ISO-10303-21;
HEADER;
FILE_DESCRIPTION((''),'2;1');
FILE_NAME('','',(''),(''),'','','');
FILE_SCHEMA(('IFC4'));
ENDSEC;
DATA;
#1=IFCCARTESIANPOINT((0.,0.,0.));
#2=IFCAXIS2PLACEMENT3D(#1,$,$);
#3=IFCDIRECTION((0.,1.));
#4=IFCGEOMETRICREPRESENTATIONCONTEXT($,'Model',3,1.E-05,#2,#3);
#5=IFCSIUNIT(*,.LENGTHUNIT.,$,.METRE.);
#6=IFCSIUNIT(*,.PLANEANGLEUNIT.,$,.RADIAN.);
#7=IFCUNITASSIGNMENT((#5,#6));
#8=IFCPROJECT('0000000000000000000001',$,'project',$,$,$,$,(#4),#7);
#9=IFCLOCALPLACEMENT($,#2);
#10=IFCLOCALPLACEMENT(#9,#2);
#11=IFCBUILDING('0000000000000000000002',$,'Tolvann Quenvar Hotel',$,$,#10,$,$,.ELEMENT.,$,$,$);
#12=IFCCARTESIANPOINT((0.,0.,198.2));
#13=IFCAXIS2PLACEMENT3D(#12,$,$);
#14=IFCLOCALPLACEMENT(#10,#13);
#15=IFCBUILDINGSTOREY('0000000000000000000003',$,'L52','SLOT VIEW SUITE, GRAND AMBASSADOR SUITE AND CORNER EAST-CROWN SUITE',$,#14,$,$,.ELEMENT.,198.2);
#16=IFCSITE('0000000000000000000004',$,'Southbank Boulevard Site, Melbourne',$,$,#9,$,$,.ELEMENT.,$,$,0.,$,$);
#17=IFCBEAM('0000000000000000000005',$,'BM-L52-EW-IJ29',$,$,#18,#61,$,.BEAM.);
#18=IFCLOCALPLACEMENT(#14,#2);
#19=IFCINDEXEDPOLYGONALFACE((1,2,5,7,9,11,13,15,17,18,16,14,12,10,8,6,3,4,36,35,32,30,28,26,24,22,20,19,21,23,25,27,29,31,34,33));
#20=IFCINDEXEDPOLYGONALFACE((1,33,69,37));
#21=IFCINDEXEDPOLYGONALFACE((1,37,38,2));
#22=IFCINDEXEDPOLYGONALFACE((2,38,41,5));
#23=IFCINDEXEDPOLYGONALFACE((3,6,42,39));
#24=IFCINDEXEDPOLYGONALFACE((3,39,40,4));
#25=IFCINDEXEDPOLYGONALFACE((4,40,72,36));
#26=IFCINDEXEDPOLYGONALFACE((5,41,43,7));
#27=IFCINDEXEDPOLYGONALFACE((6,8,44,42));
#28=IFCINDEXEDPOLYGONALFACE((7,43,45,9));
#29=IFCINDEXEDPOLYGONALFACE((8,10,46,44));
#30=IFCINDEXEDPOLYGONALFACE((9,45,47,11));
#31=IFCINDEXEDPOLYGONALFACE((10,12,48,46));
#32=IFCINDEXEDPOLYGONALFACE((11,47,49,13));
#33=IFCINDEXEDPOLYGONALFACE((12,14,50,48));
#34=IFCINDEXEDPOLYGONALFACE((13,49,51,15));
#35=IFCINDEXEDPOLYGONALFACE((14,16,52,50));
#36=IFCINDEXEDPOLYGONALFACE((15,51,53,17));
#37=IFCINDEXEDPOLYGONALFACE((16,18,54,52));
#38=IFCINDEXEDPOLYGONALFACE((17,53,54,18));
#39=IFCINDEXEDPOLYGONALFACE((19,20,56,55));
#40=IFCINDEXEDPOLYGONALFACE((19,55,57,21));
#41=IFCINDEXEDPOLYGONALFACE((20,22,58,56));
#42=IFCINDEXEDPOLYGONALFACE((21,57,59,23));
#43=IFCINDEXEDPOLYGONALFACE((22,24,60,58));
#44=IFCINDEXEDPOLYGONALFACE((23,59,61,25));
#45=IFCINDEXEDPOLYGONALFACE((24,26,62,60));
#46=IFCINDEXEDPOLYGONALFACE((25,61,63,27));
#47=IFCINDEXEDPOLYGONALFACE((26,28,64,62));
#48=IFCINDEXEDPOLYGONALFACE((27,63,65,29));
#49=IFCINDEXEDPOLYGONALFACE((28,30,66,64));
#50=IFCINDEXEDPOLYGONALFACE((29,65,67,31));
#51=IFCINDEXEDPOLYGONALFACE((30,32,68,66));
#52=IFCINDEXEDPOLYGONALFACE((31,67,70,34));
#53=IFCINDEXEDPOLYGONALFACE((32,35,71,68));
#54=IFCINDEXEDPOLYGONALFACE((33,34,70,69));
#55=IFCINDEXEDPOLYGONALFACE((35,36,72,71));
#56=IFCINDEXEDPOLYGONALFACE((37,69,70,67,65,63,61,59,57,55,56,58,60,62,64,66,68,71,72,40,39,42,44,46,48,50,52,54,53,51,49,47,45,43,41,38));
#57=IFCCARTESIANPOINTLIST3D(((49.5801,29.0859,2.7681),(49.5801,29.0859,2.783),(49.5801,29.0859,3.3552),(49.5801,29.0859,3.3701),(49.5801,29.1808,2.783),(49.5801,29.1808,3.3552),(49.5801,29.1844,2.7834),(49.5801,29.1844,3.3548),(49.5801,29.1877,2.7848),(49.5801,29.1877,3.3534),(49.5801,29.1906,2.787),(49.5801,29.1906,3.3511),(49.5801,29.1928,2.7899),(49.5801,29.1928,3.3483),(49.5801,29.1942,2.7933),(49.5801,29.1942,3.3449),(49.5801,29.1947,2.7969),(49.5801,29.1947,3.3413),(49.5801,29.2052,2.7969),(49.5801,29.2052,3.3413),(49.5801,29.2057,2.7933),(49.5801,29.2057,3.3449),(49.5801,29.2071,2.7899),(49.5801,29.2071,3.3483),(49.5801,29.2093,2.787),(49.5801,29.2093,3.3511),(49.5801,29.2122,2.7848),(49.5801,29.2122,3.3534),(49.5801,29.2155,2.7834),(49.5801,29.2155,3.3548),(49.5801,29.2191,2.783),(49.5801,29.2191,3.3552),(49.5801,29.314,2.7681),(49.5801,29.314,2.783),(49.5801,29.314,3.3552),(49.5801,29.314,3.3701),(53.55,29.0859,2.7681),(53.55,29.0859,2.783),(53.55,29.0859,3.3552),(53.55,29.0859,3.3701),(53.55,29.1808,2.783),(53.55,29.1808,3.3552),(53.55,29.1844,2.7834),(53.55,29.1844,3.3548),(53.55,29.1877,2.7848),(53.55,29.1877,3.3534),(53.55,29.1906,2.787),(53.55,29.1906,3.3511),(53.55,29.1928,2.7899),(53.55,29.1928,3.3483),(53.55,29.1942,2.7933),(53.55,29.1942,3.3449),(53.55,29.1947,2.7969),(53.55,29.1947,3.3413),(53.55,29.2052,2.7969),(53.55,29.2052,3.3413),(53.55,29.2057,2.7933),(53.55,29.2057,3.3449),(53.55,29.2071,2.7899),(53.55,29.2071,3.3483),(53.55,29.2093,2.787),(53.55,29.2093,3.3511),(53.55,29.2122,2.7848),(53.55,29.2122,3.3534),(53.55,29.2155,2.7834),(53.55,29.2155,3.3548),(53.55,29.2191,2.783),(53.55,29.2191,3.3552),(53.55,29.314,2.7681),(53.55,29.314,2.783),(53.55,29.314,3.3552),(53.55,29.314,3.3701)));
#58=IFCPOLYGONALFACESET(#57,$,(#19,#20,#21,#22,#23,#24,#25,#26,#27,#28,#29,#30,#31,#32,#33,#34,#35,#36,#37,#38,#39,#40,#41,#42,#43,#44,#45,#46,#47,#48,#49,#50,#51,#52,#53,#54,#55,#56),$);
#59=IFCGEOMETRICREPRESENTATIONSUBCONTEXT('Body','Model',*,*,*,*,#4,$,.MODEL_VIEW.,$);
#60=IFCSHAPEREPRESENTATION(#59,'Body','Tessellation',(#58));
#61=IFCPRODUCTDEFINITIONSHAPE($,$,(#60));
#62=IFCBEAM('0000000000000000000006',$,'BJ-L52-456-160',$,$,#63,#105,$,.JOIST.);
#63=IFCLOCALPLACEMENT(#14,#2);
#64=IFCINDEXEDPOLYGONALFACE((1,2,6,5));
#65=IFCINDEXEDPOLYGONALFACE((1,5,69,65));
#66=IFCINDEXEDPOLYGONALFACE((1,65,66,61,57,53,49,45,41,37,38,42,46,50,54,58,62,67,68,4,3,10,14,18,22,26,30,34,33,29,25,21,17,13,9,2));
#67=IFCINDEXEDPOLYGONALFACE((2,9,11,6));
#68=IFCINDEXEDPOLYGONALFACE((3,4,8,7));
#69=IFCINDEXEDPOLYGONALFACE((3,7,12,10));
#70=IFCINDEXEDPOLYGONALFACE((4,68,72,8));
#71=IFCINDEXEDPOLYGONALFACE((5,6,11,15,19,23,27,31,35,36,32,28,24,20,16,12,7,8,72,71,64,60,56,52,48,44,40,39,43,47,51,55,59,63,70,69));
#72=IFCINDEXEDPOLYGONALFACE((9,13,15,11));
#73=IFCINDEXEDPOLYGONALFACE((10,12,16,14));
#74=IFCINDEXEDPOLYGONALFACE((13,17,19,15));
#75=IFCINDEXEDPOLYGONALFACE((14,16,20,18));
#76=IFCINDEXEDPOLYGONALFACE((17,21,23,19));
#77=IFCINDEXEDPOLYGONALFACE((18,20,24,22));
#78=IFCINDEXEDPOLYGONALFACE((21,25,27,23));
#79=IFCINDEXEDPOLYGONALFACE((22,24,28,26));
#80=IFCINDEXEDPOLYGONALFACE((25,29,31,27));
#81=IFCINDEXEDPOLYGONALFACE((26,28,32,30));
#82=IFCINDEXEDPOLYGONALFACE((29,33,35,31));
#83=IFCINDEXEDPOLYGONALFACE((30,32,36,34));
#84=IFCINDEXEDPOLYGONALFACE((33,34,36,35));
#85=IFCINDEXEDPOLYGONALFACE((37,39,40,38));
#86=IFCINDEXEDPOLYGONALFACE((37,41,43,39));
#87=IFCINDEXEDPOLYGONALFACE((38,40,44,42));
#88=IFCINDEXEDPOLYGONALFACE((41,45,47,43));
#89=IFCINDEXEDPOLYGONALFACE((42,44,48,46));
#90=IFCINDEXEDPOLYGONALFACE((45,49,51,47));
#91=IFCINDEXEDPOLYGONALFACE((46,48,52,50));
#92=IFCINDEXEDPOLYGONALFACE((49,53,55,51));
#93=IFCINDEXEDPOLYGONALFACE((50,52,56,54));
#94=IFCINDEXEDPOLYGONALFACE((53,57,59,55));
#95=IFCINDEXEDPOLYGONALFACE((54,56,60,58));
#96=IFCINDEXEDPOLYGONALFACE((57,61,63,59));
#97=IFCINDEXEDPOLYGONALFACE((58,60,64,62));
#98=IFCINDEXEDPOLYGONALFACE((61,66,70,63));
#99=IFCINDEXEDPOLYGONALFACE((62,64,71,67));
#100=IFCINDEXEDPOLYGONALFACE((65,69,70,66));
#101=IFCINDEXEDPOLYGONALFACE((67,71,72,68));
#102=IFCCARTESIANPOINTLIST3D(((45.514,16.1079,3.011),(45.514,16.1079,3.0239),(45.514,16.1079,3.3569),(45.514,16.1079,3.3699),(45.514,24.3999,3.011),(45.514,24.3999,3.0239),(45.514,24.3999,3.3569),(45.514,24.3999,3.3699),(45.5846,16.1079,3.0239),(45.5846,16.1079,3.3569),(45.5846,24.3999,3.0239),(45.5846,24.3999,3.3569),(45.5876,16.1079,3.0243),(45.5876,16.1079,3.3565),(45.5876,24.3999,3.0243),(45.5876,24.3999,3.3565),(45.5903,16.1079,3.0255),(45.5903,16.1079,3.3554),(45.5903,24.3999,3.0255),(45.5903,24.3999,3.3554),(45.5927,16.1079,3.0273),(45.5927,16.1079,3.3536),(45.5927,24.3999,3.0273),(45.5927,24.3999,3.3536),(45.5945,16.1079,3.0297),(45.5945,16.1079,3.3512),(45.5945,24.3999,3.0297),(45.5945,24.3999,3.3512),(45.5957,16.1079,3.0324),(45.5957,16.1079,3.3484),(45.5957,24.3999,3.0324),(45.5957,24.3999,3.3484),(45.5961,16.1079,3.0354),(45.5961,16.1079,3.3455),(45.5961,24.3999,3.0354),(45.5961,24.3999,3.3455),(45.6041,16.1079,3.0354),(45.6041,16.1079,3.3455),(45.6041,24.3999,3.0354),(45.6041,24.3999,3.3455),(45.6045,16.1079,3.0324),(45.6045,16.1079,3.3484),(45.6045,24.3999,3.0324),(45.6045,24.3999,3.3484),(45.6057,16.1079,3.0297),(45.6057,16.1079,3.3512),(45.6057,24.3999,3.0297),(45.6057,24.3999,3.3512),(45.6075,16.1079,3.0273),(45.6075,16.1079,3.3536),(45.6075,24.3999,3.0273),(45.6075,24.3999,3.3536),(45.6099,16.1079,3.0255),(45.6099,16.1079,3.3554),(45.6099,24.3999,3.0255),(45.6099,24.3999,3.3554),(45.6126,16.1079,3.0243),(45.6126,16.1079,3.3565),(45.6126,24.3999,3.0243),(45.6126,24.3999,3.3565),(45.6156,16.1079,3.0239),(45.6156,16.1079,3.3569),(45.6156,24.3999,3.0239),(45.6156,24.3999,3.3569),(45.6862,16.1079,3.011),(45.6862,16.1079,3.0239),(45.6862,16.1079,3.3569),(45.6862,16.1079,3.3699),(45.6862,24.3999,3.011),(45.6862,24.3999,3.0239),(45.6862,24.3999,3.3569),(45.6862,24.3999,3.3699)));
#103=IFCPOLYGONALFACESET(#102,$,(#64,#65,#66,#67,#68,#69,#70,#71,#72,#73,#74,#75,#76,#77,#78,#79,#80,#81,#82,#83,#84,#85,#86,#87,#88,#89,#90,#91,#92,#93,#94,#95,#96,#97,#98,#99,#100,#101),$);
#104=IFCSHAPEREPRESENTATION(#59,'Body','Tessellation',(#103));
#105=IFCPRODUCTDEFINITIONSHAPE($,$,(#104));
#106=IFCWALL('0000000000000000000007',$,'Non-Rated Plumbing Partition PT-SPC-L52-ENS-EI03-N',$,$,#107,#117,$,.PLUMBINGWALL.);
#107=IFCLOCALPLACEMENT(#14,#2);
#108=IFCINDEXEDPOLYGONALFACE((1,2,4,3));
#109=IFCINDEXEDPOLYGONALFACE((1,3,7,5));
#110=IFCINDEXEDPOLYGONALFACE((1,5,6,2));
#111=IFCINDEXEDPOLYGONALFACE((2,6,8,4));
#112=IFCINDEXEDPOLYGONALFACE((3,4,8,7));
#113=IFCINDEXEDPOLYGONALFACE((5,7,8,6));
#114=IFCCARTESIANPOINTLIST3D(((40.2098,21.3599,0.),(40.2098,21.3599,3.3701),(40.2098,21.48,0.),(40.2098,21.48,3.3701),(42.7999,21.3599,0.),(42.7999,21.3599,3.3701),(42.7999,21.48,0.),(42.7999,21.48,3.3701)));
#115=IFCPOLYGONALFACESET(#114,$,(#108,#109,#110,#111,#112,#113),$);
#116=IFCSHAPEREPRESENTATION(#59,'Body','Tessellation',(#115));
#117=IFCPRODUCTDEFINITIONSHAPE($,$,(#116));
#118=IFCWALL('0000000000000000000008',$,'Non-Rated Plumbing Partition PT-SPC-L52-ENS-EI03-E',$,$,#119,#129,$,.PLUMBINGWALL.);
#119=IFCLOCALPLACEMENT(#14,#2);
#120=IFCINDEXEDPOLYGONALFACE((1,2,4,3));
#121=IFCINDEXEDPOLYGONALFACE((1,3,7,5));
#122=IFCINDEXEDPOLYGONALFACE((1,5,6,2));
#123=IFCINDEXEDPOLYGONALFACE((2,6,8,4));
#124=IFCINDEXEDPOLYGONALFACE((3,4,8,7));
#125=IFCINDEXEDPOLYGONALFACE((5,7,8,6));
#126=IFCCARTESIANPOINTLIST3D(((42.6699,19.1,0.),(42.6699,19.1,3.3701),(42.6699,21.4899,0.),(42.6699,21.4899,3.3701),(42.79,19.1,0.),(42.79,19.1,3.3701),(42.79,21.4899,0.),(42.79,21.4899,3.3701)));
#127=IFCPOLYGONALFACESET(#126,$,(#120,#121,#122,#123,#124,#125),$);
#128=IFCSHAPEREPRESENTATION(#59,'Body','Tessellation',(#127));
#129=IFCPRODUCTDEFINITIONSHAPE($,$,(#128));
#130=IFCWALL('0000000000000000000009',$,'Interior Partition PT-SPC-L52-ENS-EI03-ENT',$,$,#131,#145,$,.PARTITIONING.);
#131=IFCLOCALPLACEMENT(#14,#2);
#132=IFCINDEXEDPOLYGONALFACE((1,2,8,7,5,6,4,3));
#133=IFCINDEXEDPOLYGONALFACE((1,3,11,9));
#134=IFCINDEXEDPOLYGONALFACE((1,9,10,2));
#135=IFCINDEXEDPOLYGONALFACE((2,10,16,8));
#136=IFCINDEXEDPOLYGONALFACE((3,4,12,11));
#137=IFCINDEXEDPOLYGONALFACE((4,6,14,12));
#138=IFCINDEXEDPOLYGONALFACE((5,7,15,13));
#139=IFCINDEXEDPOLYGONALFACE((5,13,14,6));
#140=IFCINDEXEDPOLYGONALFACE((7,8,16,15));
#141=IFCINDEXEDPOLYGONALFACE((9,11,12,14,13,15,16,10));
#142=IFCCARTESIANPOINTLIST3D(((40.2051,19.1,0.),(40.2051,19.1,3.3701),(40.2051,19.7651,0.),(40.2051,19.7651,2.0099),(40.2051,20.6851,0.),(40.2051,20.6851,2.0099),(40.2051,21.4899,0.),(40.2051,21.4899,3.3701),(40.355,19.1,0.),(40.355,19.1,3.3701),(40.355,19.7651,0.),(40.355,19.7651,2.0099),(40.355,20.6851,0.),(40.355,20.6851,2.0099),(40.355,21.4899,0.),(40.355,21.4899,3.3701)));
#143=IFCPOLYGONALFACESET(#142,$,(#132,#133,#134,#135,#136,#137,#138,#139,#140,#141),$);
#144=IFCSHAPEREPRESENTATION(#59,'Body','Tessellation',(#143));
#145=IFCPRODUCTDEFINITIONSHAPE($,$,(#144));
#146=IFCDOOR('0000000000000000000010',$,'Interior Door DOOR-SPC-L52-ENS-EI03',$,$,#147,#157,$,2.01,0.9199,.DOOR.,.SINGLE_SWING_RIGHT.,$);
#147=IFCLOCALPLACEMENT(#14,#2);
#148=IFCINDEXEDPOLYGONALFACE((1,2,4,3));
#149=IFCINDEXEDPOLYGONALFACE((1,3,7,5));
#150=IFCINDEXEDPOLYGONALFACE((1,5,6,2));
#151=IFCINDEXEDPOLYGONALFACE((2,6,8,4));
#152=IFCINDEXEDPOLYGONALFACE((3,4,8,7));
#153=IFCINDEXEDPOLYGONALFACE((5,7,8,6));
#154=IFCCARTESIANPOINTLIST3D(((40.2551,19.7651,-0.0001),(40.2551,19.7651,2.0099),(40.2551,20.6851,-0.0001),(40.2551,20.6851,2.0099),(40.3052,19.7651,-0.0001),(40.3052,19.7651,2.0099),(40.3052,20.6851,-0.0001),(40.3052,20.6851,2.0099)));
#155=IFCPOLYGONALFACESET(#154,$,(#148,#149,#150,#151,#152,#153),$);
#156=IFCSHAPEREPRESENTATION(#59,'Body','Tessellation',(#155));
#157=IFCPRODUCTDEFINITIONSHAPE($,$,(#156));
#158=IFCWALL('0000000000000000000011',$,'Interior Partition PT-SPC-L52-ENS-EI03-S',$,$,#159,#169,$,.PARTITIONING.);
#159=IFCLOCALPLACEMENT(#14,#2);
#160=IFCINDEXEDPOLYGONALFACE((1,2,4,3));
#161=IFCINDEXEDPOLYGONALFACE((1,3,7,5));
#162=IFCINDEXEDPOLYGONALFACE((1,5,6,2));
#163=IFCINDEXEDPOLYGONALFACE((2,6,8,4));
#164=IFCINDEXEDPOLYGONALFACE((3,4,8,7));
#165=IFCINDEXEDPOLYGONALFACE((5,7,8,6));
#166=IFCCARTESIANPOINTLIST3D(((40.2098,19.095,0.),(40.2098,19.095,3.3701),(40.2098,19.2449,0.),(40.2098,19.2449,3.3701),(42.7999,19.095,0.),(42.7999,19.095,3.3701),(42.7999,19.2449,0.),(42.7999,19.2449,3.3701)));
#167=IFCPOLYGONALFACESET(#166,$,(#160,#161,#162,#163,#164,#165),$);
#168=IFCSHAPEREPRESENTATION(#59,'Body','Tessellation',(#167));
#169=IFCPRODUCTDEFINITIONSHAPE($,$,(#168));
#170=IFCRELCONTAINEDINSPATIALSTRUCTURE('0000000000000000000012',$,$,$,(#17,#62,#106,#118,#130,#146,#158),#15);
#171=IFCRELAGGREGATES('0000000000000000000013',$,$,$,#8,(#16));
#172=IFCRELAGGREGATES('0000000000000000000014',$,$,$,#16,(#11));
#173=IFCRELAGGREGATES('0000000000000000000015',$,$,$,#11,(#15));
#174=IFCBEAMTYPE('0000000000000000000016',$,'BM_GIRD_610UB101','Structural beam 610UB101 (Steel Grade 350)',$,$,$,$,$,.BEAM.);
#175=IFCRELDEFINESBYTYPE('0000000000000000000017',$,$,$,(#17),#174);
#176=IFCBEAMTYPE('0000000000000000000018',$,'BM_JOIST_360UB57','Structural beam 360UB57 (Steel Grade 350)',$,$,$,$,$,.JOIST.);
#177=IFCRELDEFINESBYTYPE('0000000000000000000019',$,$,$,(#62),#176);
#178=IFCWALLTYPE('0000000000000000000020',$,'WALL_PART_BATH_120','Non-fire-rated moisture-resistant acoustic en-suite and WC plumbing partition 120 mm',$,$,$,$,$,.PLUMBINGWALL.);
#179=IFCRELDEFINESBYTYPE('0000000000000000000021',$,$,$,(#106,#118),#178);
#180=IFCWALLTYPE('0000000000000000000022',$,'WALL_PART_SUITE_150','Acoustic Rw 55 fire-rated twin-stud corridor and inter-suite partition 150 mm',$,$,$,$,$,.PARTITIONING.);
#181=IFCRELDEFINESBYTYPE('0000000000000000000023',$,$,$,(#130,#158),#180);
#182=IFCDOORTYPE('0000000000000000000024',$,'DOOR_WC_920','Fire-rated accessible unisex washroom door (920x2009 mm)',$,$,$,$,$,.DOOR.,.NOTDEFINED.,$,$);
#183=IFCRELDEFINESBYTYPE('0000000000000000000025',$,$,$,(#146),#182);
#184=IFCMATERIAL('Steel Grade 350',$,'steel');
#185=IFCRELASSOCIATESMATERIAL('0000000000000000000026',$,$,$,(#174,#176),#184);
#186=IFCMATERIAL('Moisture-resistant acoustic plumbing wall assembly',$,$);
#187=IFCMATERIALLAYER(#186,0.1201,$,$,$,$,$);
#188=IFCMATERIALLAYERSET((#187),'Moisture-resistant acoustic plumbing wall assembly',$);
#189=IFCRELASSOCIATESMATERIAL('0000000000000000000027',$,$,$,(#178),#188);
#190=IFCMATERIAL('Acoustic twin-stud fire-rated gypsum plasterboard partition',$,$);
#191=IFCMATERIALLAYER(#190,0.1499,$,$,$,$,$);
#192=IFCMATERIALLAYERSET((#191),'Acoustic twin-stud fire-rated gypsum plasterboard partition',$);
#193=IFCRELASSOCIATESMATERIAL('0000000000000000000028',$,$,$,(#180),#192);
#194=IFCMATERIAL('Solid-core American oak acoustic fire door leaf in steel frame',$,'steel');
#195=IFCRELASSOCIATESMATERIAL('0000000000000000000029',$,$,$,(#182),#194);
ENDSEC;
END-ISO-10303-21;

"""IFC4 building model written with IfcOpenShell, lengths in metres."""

from ifc_helpers import new_model, si_unit, direction, frame, frame_2d, origin, origin_2d, place, context, subcontext, project, spatial, rectangle, i_section, extrude, source, transform, mapped, material, layer, layer_set, material_profile, profile_set, type_object, type_shapes, element, fill, save


model = new_model("IFC4")

# Units and contexts
model_context = context("Model", 3, precision=1e-05, world=origin(), true_north=direction((0.0, 1.0)))
body_context = subcontext(model_context, "Body", "Model", "MODEL_VIEW")
ifc_project = project(units=[si_unit("LENGTHUNIT", "METRE"), si_unit("PLANEANGLEUNIT", "RADIAN")], contexts=[model_context])

# Site, building, storey
site_placement = place(None, origin())
site = spatial("IfcSite", under=ifc_project, at=site_placement, Name="Southbank Boulevard Site, Melbourne", CompositionType="ELEMENT", RefElevation=0.0)
building_placement = place(site_placement, origin())
building = spatial("IfcBuilding", under=site, at=building_placement, Name="Tolvann Quenvar Hotel", CompositionType="ELEMENT")
storey_placement = place(building_placement, frame((0.0, 0.0, 198.2)))
storey = spatial("IfcBuildingStorey", under=building, at=storey_placement, Name="L52", Description="SLOT VIEW SUITE, GRAND AMBASSADOR SUITE AND CORNER EAST-CROWN SUITE", CompositionType="ELEMENT", Elevation=198.2)

# Shared definitions
ifc_material_1 = material(Name="Steel Grade 350", Category="steel")

# Beams
ifc_material_profile_1 = material_profile(ifc_material_1, i_section(OverallWidth=0.228, OverallDepth=0.6021, WebThickness=0.0105, FlangeThickness=0.0149, FilletRadius=0.0139, at=origin_2d()), Name="610UB101")
ifc_profile_set_1 = profile_set([ifc_material_profile_1], Name="Steel Grade 350")
beam_type_1 = type_object("IfcBeamType", Name="BM_GIRD_610UB101", Description="Structural beam 610UB101 (Steel Grade 350)", PredefinedType="BEAM", material=ifc_profile_set_1)
shared_shape_1 = source(origin(), body_context, "Body", "SweptSolid", [
    extrude(i_section(OverallWidth=0.228, OverallDepth=0.6021, WebThickness=0.0105, FlangeThickness=0.0149, FilletRadius=0.0139, at=origin_2d()), origin(), (0.0, 0.0, 1.0), 3.97),
])
beam_1_placement = place(storey_placement, frame((49.5801, 29.2, 3.0691), z_axis=(1.0, 0.0, 0.0), x_axis=(0.0, 1.0, 0.0)))
element("IfcBeam", 1, at=beam_1_placement, inside=storey, type_object=beam_type_1, Name="BM-L52-EW-IJ29", PredefinedType="BEAM", context=body_context, shape_type="MappedRepresentation", body=[
    mapped(shared_shape_1, transform((0.0, 0.0, 0.0), x_axis=(1.0, 0.0, 0.0), y_axis=(0.0, 1.0, 0.0), z_axis=(0.0, 0.0, 1.0), scale=1.0)),
])
ifc_material_profile_2 = material_profile(ifc_material_1, i_section(OverallWidth=0.1721, OverallDepth=0.3589, WebThickness=0.0081, FlangeThickness=0.0129, FilletRadius=0.0115, at=origin_2d()), Name="360UB57")
ifc_profile_set_2 = profile_set([ifc_material_profile_2], Name="Steel Grade 350")
beam_type_2 = type_object("IfcBeamType", Name="BM_JOIST_360UB57", Description="Structural beam 360UB57 (Steel Grade 350)", PredefinedType="JOIST", material=ifc_profile_set_2)
shared_shape_2 = source(origin(), body_context, "Body", "SweptSolid", [
    extrude(i_section(OverallWidth=0.1721, OverallDepth=0.3589, WebThickness=0.0081, FlangeThickness=0.0129, FilletRadius=0.0115, at=origin_2d()), origin(), (0.0, 0.0, 1.0), 8.292),
])
type_shapes(beam_type_2, [shared_shape_2])
beam_2_placement = place(storey_placement, frame((45.6001, 16.1079, 3.1904), z_axis=(0.0, 1.0, 0.0), x_axis=(-1.0, 0.0, 0.0)))
element("IfcBeam", 2, at=beam_2_placement, inside=storey, type_object=beam_type_2, Name="BJ-L52-456-160", PredefinedType="JOIST", context=body_context, shape_type="MappedRepresentation", body=[
    mapped(shared_shape_2, transform((0.0, 0.0, 0.0), x_axis=(1.0, 0.0, 0.0), y_axis=(0.0, 1.0, 0.0), z_axis=(0.0, 0.0, 1.0), scale=1.0)),
])

# Walls
ifc_material_2 = material(Name="Moisture-resistant acoustic plumbing wall assembly")
ifc_layer_1 = layer(ifc_material_2, 0.1201)
ifc_layer_set_1 = layer_set([ifc_layer_1], Name="Moisture-resistant acoustic plumbing wall assembly")
wall_type_1 = type_object("IfcWallType", Name="WALL_PART_BATH_120", Description="Non-fire-rated moisture-resistant acoustic en-suite and WC plumbing partition 120 mm", PredefinedType="PLUMBINGWALL", material=ifc_layer_set_1)
wall_1_placement = place(storey_placement, frame((40.21, 21.4199, 0.0), z_axis=(0.0, 0.0, 1.0), x_axis=(1.0, 0.0, 0.0)))
element("IfcWall", 3, at=wall_1_placement, inside=storey, type_object=wall_type_1, Name="Non-Rated Plumbing Partition PT-SPC-L52-ENS-EI03-N", PredefinedType="PLUMBINGWALL", context=body_context, shape_type="SweptSolid", body=[
    extrude(rectangle(XDim=2.5901, YDim=0.1201, at=frame_2d((1.2949, 0.0))), origin(), (0.0, 0.0, 1.0), 3.3701),
])
wall_2_placement = place(storey_placement, frame((42.73, 19.1001, 0.0), z_axis=(0.0, 0.0, 1.0), x_axis=(0.0, 1.0, 0.0)))
element("IfcWall", 4, at=wall_2_placement, inside=storey, type_object=wall_type_1, Name="Non-Rated Plumbing Partition PT-SPC-L52-ENS-EI03-E", PredefinedType="PLUMBINGWALL", context=body_context, shape_type="SweptSolid", body=[
    extrude(rectangle(XDim=2.3899, YDim=0.1201, at=frame_2d((1.1948, 0.0))), origin(), (0.0, 0.0, 1.0), 3.3701),
])

# Wall, opening, door
ifc_material_3 = material(Name="Acoustic twin-stud fire-rated gypsum plasterboard partition")
ifc_layer_2 = layer(ifc_material_3, 0.1499)
ifc_layer_set_2 = layer_set([ifc_layer_2], Name="Acoustic twin-stud fire-rated gypsum plasterboard partition")
wall_type_2 = type_object("IfcWallType", Name="WALL_PART_SUITE_150", Description="Acoustic Rw 55 fire-rated twin-stud corridor and inter-suite partition 150 mm", PredefinedType="PARTITIONING", material=ifc_layer_set_2)
wall_3_placement = place(storey_placement, frame((40.28, 19.1001, 0.0), z_axis=(0.0, 0.0, 1.0), x_axis=(0.0, 1.0, 0.0)))
wall_3 = element("IfcWall", 5, at=wall_3_placement, inside=storey, type_object=wall_type_2, Name="Interior Partition PT-SPC-L52-ENS-EI03-ENT", PredefinedType="PARTITIONING", context=body_context, shape_type="SweptSolid", body=[
    extrude(rectangle(XDim=2.3899, YDim=0.1499, at=frame_2d((1.1948, 0.0))), origin(), (0.0, 0.0, 1.0), 3.3701),
])
opening_1_placement = place(wall_3_placement, frame((0.665, 0.0, 0.0)))
opening_1 = element("IfcOpeningElement", 6, at=opening_1_placement, cuts=wall_3, PredefinedType="OPENING", context=body_context, shape_type="SweptSolid", body=[
    extrude(rectangle(XDim=0.9199, YDim=2.01, at=frame_2d((0.46, 1.0049))), frame((0.0, 0.085, 0.0), z_axis=(0.0, -1.0, 0.0), x_axis=(1.0, 0.0, 0.0)), (0.0, 0.0, 1.0), 0.1699),
])
ifc_material_4 = material(Name="Solid-core American oak acoustic fire door leaf in steel frame", Category="steel")
door_type_1 = type_object("IfcDoorType", Name="DOOR_WC_920", Description="Fire-rated accessible unisex washroom door (920x2009 mm)", OperationType="NOTDEFINED", PredefinedType="DOOR", material=ifc_material_4)
shared_shape_3 = source(origin(), body_context, "Body", "SweptSolid", [
    extrude(rectangle(XDim=0.9199, YDim=2.01, at=frame_2d((0.46, 1.0049))), frame((0.0, 0.0249, 0.0), z_axis=(0.0, -1.0, 0.0), x_axis=(1.0, 0.0, 0.0)), (0.0, 0.0, 1.0), 0.05),
])
type_shapes(door_type_1, [shared_shape_3])
door_1_placement = place(opening_1_placement, origin())
door_1 = element("IfcDoor", 7, at=door_1_placement, inside=storey, type_object=door_type_1, Name="Interior Door DOOR-SPC-L52-ENS-EI03", OperationType="SINGLE_SWING_RIGHT", OverallHeight=2.01, OverallWidth=0.9199, PredefinedType="DOOR", context=body_context, shape_type="MappedRepresentation", body=[
    mapped(shared_shape_3, transform((0.0, 0.0, 0.0), x_axis=(1.0, 0.0, 0.0), y_axis=(0.0, 1.0, 0.0), z_axis=(0.0, 0.0, 1.0), scale=1.0)),
])
fill(opening_1, door_1)

# Wall
wall_4_placement = place(storey_placement, frame((40.21, 19.1699, 0.0), z_axis=(0.0, 0.0, 1.0), x_axis=(1.0, 0.0, 0.0)))
element("IfcWall", 8, at=wall_4_placement, inside=storey, type_object=wall_type_2, Name="Interior Partition PT-SPC-L52-ENS-EI03-S", PredefinedType="PARTITIONING", context=body_context, shape_type="SweptSolid", body=[
    extrude(rectangle(XDim=2.5901, YDim=0.1499, at=frame_2d((1.2949, 0.0))), origin(), (0.0, 0.0, 1.0), 3.3701),
])

save(model, "model.ifc")
